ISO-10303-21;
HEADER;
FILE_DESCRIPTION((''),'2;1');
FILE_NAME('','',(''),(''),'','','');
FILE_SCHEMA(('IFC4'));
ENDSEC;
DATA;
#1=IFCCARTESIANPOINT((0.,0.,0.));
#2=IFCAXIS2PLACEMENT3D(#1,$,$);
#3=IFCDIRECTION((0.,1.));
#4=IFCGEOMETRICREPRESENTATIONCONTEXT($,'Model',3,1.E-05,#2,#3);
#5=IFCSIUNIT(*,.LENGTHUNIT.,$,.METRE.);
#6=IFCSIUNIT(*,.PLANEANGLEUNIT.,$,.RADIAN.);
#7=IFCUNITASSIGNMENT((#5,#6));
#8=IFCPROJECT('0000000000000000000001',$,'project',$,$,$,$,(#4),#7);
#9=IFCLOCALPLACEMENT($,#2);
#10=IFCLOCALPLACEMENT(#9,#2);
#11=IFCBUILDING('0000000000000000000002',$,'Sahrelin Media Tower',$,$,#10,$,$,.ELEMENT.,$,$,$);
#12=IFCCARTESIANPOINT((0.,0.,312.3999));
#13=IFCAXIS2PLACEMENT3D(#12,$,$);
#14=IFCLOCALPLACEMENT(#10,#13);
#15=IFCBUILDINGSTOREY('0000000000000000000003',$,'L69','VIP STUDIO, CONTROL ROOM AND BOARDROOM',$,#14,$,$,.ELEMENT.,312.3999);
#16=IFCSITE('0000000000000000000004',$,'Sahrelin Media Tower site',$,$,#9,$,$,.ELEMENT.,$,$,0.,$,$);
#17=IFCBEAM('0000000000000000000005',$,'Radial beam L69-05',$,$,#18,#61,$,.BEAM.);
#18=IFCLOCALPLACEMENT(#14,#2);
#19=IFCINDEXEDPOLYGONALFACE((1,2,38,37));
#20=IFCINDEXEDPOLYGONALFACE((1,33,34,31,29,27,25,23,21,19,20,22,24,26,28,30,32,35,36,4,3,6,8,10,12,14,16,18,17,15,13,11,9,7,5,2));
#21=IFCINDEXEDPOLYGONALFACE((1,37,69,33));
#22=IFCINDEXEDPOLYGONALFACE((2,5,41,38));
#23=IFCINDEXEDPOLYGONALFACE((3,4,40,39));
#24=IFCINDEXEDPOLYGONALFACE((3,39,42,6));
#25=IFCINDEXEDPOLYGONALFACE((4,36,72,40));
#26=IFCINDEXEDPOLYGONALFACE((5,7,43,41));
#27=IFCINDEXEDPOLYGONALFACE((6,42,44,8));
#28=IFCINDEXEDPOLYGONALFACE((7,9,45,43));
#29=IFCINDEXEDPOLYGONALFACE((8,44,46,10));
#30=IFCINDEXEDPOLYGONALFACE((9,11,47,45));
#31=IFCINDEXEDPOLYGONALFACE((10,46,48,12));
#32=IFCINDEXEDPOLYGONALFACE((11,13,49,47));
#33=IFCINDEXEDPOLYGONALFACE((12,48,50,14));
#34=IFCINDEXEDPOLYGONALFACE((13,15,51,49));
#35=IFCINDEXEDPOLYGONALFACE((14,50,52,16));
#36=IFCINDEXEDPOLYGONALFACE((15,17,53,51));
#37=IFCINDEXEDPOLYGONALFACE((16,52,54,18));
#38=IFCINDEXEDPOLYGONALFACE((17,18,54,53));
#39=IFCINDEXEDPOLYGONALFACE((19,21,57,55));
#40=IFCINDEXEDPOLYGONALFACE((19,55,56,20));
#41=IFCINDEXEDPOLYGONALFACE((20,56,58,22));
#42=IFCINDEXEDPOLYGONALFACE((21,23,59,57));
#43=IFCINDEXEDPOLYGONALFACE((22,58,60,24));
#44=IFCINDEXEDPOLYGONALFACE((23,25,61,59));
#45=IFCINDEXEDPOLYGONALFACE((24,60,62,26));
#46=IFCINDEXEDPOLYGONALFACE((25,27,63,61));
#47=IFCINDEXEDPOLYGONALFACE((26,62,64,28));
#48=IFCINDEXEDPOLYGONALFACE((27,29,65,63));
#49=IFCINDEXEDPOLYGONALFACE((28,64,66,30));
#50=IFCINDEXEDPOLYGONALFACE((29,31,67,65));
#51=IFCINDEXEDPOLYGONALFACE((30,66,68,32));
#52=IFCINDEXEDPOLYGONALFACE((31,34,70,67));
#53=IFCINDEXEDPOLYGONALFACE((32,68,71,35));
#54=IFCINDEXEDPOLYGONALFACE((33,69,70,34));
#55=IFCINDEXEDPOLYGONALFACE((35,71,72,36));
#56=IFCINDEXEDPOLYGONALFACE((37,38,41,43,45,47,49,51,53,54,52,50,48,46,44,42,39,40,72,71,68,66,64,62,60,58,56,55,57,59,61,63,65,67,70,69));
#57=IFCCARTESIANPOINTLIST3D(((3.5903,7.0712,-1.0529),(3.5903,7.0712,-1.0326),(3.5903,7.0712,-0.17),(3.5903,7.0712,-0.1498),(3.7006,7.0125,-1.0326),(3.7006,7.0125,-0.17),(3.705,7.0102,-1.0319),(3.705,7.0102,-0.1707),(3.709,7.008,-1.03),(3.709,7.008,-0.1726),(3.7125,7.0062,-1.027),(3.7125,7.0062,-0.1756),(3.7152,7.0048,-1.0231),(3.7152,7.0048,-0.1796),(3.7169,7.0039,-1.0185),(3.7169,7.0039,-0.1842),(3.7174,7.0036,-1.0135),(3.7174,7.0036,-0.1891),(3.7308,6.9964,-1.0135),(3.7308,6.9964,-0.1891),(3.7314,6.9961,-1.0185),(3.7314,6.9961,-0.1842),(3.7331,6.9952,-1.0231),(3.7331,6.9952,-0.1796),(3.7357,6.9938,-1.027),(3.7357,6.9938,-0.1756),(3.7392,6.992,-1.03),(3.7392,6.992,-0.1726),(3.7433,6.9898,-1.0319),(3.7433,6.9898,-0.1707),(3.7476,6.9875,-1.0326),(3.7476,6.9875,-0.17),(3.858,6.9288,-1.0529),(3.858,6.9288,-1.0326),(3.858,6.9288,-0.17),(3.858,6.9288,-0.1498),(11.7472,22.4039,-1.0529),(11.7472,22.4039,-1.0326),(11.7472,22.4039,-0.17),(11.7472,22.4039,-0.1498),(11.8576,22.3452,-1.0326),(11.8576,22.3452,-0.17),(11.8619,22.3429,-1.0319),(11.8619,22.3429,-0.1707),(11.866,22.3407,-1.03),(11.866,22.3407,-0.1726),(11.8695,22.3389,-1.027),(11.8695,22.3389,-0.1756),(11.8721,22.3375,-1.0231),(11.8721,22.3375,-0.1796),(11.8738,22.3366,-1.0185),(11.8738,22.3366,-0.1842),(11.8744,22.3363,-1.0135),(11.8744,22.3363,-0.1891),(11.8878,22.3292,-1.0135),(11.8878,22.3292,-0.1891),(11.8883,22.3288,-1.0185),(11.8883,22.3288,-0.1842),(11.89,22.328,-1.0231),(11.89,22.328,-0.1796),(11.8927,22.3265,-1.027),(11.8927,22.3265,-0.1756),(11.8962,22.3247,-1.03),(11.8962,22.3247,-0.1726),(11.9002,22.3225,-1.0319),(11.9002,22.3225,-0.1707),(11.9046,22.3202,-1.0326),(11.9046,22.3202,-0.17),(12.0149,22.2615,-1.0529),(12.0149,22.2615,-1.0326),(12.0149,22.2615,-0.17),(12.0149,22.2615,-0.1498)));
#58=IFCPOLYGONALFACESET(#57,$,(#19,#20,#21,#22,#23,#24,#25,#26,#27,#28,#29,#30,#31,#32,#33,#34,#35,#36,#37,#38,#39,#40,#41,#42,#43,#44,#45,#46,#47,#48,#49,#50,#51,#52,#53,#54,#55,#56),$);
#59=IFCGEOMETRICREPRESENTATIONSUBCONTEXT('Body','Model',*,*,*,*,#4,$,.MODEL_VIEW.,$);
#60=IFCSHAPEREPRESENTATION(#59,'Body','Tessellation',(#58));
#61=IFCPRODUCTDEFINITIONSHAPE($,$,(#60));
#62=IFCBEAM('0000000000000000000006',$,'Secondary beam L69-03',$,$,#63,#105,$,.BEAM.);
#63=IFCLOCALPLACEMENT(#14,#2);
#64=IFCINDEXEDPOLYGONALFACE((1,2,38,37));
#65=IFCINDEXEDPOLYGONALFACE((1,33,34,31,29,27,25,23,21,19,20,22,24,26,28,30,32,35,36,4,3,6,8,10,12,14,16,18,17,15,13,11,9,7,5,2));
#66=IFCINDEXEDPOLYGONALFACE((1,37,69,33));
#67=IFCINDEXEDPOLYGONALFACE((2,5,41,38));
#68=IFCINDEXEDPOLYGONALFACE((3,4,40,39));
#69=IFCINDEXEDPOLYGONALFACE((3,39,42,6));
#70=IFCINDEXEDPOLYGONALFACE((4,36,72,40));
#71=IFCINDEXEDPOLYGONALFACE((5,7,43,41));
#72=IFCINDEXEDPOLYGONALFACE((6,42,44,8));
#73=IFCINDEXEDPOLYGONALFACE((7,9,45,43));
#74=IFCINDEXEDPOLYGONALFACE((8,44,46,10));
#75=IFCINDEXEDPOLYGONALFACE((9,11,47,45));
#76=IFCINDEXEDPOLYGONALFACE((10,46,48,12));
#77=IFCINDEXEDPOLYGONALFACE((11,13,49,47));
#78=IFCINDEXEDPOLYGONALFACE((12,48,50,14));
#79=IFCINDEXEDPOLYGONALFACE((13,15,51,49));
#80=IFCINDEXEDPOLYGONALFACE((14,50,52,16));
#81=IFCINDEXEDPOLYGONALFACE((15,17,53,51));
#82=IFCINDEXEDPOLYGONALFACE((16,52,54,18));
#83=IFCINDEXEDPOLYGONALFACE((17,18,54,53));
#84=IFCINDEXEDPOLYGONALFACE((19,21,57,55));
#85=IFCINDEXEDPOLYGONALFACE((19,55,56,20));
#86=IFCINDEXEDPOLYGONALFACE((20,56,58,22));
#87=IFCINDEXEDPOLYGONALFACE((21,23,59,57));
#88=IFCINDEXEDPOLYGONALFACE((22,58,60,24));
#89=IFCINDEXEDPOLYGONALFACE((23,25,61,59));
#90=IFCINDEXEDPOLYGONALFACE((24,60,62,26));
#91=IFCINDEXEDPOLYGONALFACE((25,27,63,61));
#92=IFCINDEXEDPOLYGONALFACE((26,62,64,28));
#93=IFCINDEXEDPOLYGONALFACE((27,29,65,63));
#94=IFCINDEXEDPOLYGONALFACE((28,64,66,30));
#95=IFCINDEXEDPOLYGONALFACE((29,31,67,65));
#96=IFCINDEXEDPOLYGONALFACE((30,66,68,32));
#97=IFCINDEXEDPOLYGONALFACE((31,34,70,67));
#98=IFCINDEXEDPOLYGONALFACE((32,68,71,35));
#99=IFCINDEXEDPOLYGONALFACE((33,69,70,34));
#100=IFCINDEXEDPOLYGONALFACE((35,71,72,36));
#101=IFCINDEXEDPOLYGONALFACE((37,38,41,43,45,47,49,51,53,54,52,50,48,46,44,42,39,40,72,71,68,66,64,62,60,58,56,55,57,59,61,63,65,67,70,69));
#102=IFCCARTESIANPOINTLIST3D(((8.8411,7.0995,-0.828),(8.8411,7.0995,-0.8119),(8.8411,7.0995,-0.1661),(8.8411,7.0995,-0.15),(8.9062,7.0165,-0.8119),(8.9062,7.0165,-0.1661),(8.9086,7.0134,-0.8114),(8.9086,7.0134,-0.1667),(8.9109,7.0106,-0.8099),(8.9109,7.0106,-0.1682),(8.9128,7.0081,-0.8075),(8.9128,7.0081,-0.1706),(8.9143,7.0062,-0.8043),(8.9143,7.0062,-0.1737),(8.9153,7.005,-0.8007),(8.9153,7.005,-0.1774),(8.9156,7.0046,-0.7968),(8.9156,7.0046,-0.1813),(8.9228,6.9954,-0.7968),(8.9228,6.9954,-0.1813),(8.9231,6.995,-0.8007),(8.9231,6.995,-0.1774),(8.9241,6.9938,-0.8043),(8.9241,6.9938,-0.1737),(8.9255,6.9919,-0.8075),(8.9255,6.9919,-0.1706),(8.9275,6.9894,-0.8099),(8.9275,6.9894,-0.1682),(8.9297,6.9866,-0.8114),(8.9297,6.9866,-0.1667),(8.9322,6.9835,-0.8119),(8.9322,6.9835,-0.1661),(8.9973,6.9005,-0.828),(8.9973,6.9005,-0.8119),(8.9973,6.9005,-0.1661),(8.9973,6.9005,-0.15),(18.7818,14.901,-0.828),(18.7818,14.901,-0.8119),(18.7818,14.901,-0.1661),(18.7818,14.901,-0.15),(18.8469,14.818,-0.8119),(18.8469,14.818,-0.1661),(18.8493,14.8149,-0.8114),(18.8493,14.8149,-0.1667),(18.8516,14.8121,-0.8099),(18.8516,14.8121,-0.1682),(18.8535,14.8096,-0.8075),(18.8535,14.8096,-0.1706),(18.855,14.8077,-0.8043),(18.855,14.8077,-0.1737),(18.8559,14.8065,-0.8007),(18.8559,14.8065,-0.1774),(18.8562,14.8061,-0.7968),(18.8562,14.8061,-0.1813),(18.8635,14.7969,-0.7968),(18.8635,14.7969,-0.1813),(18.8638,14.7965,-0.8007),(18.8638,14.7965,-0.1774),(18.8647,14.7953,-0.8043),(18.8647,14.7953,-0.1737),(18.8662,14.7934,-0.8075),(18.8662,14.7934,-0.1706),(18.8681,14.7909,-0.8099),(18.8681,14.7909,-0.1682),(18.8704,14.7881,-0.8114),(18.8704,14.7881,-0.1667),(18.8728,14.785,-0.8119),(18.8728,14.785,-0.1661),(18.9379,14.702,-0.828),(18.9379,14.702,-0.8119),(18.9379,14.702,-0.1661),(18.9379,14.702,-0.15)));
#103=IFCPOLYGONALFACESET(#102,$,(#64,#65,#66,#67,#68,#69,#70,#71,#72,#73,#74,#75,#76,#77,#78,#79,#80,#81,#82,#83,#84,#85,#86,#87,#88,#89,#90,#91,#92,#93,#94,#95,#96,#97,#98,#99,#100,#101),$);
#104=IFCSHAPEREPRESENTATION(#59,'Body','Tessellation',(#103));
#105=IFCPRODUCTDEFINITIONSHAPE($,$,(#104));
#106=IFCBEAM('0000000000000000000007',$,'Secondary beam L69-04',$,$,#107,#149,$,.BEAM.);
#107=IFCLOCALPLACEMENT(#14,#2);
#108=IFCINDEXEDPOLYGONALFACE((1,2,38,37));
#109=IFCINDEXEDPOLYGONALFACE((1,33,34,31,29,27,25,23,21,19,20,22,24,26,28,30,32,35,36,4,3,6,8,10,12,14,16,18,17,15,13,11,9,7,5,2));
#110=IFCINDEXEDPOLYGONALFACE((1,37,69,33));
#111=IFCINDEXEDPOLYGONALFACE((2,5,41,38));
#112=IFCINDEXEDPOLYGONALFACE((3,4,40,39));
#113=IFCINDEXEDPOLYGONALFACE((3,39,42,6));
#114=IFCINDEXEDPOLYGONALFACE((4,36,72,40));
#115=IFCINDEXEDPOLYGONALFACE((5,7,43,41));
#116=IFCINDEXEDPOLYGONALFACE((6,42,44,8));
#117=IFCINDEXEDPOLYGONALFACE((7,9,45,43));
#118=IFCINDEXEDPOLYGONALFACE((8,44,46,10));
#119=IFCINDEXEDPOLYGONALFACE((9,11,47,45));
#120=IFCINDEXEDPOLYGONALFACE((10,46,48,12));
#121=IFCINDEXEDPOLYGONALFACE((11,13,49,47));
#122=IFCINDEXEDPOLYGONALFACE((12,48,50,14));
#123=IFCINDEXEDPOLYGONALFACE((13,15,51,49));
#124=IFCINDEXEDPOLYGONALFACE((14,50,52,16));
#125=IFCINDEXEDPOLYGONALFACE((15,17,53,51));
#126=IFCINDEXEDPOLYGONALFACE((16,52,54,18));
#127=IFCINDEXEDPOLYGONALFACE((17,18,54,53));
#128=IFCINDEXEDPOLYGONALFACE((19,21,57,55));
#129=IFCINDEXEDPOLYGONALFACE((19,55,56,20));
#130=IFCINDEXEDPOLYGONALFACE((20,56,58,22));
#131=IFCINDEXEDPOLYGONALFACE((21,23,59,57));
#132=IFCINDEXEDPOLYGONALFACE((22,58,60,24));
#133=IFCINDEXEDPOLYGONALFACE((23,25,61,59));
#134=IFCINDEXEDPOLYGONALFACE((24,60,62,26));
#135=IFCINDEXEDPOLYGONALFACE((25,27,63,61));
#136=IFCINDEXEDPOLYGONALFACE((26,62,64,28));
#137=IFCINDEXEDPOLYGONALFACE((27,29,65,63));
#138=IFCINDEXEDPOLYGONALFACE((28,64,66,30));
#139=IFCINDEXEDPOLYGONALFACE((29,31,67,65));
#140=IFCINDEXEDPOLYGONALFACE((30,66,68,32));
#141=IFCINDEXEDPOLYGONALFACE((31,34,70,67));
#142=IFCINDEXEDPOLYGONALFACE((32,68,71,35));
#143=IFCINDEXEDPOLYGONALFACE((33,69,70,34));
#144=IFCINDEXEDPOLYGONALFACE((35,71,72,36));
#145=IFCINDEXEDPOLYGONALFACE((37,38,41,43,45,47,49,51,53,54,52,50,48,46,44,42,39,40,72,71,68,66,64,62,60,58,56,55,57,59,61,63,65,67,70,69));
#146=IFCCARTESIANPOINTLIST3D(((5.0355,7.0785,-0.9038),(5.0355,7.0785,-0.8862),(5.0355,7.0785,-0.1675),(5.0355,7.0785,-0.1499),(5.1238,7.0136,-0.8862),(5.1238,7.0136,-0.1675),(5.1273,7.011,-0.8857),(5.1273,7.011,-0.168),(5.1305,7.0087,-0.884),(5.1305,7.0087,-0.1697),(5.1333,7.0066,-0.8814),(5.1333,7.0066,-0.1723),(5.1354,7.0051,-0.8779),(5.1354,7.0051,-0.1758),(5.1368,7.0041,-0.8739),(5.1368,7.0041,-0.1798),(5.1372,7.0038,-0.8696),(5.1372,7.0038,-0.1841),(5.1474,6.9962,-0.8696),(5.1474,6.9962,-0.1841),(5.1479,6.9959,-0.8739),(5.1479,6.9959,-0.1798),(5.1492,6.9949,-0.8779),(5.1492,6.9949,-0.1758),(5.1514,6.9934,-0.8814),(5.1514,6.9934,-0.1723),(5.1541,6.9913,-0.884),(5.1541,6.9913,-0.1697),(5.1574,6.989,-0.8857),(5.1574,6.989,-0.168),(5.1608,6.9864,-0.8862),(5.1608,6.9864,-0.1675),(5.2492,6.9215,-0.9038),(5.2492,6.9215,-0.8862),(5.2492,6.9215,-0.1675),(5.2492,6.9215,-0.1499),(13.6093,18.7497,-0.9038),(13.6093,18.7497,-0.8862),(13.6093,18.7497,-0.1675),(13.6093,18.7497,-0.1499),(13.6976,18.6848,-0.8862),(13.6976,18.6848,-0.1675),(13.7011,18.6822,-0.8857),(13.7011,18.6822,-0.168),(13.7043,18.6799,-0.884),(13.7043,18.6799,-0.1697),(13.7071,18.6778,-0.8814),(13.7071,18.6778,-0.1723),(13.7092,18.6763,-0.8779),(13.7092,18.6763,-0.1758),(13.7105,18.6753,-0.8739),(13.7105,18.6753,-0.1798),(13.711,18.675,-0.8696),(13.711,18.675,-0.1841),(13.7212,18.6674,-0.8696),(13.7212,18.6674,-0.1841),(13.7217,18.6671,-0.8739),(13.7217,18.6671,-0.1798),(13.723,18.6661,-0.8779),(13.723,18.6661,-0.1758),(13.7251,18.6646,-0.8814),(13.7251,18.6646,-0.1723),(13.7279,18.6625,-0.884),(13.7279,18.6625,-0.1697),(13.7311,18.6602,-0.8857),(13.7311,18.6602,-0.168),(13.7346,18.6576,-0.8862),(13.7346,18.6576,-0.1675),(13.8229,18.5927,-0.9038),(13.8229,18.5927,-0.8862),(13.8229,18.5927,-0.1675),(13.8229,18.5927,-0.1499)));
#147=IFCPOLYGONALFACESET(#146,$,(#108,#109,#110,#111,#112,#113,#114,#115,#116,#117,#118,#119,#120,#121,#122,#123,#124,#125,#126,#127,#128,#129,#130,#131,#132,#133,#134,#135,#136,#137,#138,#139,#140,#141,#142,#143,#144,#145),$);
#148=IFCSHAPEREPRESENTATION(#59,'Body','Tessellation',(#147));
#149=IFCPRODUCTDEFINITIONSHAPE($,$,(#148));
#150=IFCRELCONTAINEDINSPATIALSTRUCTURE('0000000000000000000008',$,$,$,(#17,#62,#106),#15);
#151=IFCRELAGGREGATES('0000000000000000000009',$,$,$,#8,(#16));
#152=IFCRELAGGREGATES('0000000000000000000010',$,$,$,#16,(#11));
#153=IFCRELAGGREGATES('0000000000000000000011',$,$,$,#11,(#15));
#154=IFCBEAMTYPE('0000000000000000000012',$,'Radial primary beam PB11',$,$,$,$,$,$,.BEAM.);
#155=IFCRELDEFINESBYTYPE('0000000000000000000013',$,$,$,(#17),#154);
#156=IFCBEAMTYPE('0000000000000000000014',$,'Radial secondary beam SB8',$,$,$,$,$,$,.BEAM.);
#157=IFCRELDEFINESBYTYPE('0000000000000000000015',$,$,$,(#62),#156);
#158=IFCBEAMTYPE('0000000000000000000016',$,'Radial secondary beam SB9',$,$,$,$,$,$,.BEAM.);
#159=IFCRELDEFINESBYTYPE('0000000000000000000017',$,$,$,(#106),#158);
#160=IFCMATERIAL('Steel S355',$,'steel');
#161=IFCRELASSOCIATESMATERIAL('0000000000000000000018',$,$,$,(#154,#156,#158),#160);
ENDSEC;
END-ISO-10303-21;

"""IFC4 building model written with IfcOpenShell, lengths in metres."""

from ifc_helpers import new_model, si_unit, direction, frame, origin, origin_2d, place, context, subcontext, project, spatial, i_section, extrude, material, material_profile, profile_set, type_object, element, save


model = new_model("IFC4")

# Units and contexts
model_context = context("Model", 3, precision=1e-05, world=origin(), true_north=direction((0.0, 1.0)))
body_context = subcontext(model_context, "Body", "Model", "MODEL_VIEW")
ifc_project = project(units=[si_unit("LENGTHUNIT", "METRE"), si_unit("PLANEANGLEUNIT", "RADIAN")], contexts=[model_context])

# Site, building, storey
site_placement = place(None, origin())
site = spatial("IfcSite", under=ifc_project, at=site_placement, Name="Sahrelin Media Tower site", CompositionType="ELEMENT", RefElevation=0.0)
building_placement = place(site_placement, origin())
building = spatial("IfcBuilding", under=site, at=building_placement, Name="Sahrelin Media Tower", CompositionType="ELEMENT")
storey_placement = place(building_placement, frame((0.0, 0.0, 312.3999)))
storey = spatial("IfcBuildingStorey", under=building, at=storey_placement, Name="L69", Description="VIP STUDIO, CONTROL ROOM AND BOARDROOM", CompositionType="ELEMENT", Elevation=312.3999)

# Shared definitions
ifc_material_1 = material(Name="Steel S355", Category="steel")

# Beams
ifc_material_profile_1 = material_profile(ifc_material_1, i_section(OverallWidth=0.3032, OverallDepth=0.9031, WebThickness=0.0151, FlangeThickness=0.0203, FilletRadius=0.019, at=origin_2d()), Name="UB 914x305x201")
ifc_profile_set_1 = profile_set([ifc_material_profile_1], Name="Steel S355")
beam_type_1 = type_object("IfcBeamType", Name="Radial primary beam PB11", PredefinedType="BEAM", material=ifc_profile_set_1)
beam_1_placement = place(storey_placement, frame((3.7241, 7.0, -0.6013), z_axis=(0.469669, 0.882842, 0.0), x_axis=(-0.882842, 0.469669, 0.0)))
element("IfcBeam", 1, at=beam_1_placement, inside=storey, type_object=beam_type_1, Name="Radial beam L69-05", PredefinedType="BEAM", context=body_context, shape_type="SweptSolid", body=[
    extrude(i_section(OverallWidth=0.3032, OverallDepth=0.9031, WebThickness=0.0151, FlangeThickness=0.0203, FilletRadius=0.019, at=origin_2d()), origin(), (0.0, 0.0, 1.0), 17.3674),
])
ifc_material_profile_2 = material_profile(ifc_material_1, i_section(OverallWidth=0.2529, OverallDepth=0.678, WebThickness=0.0117, FlangeThickness=0.0161, FilletRadius=0.0151, at=origin_2d()), Name="UB 686x254x125")
ifc_profile_set_2 = profile_set([ifc_material_profile_2], Name="Steel S355")
beam_type_2 = type_object("IfcBeamType", Name="Radial secondary beam SB8", PredefinedType="BEAM", material=ifc_profile_set_2)
beam_2_placement = place(storey_placement, frame((8.9192, 7.0, -0.489), z_axis=(0.786665, 0.61738, 0.0), x_axis=(-0.61738, 0.786665, 0.0)))
element("IfcBeam", 2, at=beam_2_placement, inside=storey, type_object=beam_type_2, Name="Secondary beam L69-03", PredefinedType="BEAM", context=body_context, shape_type="SweptSolid", body=[
    extrude(i_section(OverallWidth=0.2529, OverallDepth=0.678, WebThickness=0.0117, FlangeThickness=0.0161, FilletRadius=0.0151, at=origin_2d()), origin(), (0.0, 0.0, 1.0), 12.6365),
])
ifc_material_profile_3 = material_profile(ifc_material_1, i_section(OverallWidth=0.2651, OverallDepth=0.7539, WebThickness=0.0127, FlangeThickness=0.0176, FilletRadius=0.0166, at=origin_2d()), Name="UB 762x267x147")
ifc_profile_set_3 = profile_set([ifc_material_profile_3], Name="Steel S355")
beam_type_3 = type_object("IfcBeamType", Name="Radial secondary beam SB9", PredefinedType="BEAM", material=ifc_profile_set_3)
beam_3_placement = place(storey_placement, frame((5.1423, 7.0, -0.5269), z_axis=(0.592032, 0.805914, 0.0), x_axis=(-0.805914, 0.592032, 0.0)))
element("IfcBeam", 3, at=beam_3_placement, inside=storey, type_object=beam_type_3, Name="Secondary beam L69-04", PredefinedType="BEAM", context=body_context, shape_type="SweptSolid", body=[
    extrude(i_section(OverallWidth=0.2651, OverallDepth=0.7539, WebThickness=0.0127, FlangeThickness=0.0176, FilletRadius=0.0166, at=origin_2d()), origin(), (0.0, 0.0, 1.0), 14.4819),
])

save(model, "model.ifc")
